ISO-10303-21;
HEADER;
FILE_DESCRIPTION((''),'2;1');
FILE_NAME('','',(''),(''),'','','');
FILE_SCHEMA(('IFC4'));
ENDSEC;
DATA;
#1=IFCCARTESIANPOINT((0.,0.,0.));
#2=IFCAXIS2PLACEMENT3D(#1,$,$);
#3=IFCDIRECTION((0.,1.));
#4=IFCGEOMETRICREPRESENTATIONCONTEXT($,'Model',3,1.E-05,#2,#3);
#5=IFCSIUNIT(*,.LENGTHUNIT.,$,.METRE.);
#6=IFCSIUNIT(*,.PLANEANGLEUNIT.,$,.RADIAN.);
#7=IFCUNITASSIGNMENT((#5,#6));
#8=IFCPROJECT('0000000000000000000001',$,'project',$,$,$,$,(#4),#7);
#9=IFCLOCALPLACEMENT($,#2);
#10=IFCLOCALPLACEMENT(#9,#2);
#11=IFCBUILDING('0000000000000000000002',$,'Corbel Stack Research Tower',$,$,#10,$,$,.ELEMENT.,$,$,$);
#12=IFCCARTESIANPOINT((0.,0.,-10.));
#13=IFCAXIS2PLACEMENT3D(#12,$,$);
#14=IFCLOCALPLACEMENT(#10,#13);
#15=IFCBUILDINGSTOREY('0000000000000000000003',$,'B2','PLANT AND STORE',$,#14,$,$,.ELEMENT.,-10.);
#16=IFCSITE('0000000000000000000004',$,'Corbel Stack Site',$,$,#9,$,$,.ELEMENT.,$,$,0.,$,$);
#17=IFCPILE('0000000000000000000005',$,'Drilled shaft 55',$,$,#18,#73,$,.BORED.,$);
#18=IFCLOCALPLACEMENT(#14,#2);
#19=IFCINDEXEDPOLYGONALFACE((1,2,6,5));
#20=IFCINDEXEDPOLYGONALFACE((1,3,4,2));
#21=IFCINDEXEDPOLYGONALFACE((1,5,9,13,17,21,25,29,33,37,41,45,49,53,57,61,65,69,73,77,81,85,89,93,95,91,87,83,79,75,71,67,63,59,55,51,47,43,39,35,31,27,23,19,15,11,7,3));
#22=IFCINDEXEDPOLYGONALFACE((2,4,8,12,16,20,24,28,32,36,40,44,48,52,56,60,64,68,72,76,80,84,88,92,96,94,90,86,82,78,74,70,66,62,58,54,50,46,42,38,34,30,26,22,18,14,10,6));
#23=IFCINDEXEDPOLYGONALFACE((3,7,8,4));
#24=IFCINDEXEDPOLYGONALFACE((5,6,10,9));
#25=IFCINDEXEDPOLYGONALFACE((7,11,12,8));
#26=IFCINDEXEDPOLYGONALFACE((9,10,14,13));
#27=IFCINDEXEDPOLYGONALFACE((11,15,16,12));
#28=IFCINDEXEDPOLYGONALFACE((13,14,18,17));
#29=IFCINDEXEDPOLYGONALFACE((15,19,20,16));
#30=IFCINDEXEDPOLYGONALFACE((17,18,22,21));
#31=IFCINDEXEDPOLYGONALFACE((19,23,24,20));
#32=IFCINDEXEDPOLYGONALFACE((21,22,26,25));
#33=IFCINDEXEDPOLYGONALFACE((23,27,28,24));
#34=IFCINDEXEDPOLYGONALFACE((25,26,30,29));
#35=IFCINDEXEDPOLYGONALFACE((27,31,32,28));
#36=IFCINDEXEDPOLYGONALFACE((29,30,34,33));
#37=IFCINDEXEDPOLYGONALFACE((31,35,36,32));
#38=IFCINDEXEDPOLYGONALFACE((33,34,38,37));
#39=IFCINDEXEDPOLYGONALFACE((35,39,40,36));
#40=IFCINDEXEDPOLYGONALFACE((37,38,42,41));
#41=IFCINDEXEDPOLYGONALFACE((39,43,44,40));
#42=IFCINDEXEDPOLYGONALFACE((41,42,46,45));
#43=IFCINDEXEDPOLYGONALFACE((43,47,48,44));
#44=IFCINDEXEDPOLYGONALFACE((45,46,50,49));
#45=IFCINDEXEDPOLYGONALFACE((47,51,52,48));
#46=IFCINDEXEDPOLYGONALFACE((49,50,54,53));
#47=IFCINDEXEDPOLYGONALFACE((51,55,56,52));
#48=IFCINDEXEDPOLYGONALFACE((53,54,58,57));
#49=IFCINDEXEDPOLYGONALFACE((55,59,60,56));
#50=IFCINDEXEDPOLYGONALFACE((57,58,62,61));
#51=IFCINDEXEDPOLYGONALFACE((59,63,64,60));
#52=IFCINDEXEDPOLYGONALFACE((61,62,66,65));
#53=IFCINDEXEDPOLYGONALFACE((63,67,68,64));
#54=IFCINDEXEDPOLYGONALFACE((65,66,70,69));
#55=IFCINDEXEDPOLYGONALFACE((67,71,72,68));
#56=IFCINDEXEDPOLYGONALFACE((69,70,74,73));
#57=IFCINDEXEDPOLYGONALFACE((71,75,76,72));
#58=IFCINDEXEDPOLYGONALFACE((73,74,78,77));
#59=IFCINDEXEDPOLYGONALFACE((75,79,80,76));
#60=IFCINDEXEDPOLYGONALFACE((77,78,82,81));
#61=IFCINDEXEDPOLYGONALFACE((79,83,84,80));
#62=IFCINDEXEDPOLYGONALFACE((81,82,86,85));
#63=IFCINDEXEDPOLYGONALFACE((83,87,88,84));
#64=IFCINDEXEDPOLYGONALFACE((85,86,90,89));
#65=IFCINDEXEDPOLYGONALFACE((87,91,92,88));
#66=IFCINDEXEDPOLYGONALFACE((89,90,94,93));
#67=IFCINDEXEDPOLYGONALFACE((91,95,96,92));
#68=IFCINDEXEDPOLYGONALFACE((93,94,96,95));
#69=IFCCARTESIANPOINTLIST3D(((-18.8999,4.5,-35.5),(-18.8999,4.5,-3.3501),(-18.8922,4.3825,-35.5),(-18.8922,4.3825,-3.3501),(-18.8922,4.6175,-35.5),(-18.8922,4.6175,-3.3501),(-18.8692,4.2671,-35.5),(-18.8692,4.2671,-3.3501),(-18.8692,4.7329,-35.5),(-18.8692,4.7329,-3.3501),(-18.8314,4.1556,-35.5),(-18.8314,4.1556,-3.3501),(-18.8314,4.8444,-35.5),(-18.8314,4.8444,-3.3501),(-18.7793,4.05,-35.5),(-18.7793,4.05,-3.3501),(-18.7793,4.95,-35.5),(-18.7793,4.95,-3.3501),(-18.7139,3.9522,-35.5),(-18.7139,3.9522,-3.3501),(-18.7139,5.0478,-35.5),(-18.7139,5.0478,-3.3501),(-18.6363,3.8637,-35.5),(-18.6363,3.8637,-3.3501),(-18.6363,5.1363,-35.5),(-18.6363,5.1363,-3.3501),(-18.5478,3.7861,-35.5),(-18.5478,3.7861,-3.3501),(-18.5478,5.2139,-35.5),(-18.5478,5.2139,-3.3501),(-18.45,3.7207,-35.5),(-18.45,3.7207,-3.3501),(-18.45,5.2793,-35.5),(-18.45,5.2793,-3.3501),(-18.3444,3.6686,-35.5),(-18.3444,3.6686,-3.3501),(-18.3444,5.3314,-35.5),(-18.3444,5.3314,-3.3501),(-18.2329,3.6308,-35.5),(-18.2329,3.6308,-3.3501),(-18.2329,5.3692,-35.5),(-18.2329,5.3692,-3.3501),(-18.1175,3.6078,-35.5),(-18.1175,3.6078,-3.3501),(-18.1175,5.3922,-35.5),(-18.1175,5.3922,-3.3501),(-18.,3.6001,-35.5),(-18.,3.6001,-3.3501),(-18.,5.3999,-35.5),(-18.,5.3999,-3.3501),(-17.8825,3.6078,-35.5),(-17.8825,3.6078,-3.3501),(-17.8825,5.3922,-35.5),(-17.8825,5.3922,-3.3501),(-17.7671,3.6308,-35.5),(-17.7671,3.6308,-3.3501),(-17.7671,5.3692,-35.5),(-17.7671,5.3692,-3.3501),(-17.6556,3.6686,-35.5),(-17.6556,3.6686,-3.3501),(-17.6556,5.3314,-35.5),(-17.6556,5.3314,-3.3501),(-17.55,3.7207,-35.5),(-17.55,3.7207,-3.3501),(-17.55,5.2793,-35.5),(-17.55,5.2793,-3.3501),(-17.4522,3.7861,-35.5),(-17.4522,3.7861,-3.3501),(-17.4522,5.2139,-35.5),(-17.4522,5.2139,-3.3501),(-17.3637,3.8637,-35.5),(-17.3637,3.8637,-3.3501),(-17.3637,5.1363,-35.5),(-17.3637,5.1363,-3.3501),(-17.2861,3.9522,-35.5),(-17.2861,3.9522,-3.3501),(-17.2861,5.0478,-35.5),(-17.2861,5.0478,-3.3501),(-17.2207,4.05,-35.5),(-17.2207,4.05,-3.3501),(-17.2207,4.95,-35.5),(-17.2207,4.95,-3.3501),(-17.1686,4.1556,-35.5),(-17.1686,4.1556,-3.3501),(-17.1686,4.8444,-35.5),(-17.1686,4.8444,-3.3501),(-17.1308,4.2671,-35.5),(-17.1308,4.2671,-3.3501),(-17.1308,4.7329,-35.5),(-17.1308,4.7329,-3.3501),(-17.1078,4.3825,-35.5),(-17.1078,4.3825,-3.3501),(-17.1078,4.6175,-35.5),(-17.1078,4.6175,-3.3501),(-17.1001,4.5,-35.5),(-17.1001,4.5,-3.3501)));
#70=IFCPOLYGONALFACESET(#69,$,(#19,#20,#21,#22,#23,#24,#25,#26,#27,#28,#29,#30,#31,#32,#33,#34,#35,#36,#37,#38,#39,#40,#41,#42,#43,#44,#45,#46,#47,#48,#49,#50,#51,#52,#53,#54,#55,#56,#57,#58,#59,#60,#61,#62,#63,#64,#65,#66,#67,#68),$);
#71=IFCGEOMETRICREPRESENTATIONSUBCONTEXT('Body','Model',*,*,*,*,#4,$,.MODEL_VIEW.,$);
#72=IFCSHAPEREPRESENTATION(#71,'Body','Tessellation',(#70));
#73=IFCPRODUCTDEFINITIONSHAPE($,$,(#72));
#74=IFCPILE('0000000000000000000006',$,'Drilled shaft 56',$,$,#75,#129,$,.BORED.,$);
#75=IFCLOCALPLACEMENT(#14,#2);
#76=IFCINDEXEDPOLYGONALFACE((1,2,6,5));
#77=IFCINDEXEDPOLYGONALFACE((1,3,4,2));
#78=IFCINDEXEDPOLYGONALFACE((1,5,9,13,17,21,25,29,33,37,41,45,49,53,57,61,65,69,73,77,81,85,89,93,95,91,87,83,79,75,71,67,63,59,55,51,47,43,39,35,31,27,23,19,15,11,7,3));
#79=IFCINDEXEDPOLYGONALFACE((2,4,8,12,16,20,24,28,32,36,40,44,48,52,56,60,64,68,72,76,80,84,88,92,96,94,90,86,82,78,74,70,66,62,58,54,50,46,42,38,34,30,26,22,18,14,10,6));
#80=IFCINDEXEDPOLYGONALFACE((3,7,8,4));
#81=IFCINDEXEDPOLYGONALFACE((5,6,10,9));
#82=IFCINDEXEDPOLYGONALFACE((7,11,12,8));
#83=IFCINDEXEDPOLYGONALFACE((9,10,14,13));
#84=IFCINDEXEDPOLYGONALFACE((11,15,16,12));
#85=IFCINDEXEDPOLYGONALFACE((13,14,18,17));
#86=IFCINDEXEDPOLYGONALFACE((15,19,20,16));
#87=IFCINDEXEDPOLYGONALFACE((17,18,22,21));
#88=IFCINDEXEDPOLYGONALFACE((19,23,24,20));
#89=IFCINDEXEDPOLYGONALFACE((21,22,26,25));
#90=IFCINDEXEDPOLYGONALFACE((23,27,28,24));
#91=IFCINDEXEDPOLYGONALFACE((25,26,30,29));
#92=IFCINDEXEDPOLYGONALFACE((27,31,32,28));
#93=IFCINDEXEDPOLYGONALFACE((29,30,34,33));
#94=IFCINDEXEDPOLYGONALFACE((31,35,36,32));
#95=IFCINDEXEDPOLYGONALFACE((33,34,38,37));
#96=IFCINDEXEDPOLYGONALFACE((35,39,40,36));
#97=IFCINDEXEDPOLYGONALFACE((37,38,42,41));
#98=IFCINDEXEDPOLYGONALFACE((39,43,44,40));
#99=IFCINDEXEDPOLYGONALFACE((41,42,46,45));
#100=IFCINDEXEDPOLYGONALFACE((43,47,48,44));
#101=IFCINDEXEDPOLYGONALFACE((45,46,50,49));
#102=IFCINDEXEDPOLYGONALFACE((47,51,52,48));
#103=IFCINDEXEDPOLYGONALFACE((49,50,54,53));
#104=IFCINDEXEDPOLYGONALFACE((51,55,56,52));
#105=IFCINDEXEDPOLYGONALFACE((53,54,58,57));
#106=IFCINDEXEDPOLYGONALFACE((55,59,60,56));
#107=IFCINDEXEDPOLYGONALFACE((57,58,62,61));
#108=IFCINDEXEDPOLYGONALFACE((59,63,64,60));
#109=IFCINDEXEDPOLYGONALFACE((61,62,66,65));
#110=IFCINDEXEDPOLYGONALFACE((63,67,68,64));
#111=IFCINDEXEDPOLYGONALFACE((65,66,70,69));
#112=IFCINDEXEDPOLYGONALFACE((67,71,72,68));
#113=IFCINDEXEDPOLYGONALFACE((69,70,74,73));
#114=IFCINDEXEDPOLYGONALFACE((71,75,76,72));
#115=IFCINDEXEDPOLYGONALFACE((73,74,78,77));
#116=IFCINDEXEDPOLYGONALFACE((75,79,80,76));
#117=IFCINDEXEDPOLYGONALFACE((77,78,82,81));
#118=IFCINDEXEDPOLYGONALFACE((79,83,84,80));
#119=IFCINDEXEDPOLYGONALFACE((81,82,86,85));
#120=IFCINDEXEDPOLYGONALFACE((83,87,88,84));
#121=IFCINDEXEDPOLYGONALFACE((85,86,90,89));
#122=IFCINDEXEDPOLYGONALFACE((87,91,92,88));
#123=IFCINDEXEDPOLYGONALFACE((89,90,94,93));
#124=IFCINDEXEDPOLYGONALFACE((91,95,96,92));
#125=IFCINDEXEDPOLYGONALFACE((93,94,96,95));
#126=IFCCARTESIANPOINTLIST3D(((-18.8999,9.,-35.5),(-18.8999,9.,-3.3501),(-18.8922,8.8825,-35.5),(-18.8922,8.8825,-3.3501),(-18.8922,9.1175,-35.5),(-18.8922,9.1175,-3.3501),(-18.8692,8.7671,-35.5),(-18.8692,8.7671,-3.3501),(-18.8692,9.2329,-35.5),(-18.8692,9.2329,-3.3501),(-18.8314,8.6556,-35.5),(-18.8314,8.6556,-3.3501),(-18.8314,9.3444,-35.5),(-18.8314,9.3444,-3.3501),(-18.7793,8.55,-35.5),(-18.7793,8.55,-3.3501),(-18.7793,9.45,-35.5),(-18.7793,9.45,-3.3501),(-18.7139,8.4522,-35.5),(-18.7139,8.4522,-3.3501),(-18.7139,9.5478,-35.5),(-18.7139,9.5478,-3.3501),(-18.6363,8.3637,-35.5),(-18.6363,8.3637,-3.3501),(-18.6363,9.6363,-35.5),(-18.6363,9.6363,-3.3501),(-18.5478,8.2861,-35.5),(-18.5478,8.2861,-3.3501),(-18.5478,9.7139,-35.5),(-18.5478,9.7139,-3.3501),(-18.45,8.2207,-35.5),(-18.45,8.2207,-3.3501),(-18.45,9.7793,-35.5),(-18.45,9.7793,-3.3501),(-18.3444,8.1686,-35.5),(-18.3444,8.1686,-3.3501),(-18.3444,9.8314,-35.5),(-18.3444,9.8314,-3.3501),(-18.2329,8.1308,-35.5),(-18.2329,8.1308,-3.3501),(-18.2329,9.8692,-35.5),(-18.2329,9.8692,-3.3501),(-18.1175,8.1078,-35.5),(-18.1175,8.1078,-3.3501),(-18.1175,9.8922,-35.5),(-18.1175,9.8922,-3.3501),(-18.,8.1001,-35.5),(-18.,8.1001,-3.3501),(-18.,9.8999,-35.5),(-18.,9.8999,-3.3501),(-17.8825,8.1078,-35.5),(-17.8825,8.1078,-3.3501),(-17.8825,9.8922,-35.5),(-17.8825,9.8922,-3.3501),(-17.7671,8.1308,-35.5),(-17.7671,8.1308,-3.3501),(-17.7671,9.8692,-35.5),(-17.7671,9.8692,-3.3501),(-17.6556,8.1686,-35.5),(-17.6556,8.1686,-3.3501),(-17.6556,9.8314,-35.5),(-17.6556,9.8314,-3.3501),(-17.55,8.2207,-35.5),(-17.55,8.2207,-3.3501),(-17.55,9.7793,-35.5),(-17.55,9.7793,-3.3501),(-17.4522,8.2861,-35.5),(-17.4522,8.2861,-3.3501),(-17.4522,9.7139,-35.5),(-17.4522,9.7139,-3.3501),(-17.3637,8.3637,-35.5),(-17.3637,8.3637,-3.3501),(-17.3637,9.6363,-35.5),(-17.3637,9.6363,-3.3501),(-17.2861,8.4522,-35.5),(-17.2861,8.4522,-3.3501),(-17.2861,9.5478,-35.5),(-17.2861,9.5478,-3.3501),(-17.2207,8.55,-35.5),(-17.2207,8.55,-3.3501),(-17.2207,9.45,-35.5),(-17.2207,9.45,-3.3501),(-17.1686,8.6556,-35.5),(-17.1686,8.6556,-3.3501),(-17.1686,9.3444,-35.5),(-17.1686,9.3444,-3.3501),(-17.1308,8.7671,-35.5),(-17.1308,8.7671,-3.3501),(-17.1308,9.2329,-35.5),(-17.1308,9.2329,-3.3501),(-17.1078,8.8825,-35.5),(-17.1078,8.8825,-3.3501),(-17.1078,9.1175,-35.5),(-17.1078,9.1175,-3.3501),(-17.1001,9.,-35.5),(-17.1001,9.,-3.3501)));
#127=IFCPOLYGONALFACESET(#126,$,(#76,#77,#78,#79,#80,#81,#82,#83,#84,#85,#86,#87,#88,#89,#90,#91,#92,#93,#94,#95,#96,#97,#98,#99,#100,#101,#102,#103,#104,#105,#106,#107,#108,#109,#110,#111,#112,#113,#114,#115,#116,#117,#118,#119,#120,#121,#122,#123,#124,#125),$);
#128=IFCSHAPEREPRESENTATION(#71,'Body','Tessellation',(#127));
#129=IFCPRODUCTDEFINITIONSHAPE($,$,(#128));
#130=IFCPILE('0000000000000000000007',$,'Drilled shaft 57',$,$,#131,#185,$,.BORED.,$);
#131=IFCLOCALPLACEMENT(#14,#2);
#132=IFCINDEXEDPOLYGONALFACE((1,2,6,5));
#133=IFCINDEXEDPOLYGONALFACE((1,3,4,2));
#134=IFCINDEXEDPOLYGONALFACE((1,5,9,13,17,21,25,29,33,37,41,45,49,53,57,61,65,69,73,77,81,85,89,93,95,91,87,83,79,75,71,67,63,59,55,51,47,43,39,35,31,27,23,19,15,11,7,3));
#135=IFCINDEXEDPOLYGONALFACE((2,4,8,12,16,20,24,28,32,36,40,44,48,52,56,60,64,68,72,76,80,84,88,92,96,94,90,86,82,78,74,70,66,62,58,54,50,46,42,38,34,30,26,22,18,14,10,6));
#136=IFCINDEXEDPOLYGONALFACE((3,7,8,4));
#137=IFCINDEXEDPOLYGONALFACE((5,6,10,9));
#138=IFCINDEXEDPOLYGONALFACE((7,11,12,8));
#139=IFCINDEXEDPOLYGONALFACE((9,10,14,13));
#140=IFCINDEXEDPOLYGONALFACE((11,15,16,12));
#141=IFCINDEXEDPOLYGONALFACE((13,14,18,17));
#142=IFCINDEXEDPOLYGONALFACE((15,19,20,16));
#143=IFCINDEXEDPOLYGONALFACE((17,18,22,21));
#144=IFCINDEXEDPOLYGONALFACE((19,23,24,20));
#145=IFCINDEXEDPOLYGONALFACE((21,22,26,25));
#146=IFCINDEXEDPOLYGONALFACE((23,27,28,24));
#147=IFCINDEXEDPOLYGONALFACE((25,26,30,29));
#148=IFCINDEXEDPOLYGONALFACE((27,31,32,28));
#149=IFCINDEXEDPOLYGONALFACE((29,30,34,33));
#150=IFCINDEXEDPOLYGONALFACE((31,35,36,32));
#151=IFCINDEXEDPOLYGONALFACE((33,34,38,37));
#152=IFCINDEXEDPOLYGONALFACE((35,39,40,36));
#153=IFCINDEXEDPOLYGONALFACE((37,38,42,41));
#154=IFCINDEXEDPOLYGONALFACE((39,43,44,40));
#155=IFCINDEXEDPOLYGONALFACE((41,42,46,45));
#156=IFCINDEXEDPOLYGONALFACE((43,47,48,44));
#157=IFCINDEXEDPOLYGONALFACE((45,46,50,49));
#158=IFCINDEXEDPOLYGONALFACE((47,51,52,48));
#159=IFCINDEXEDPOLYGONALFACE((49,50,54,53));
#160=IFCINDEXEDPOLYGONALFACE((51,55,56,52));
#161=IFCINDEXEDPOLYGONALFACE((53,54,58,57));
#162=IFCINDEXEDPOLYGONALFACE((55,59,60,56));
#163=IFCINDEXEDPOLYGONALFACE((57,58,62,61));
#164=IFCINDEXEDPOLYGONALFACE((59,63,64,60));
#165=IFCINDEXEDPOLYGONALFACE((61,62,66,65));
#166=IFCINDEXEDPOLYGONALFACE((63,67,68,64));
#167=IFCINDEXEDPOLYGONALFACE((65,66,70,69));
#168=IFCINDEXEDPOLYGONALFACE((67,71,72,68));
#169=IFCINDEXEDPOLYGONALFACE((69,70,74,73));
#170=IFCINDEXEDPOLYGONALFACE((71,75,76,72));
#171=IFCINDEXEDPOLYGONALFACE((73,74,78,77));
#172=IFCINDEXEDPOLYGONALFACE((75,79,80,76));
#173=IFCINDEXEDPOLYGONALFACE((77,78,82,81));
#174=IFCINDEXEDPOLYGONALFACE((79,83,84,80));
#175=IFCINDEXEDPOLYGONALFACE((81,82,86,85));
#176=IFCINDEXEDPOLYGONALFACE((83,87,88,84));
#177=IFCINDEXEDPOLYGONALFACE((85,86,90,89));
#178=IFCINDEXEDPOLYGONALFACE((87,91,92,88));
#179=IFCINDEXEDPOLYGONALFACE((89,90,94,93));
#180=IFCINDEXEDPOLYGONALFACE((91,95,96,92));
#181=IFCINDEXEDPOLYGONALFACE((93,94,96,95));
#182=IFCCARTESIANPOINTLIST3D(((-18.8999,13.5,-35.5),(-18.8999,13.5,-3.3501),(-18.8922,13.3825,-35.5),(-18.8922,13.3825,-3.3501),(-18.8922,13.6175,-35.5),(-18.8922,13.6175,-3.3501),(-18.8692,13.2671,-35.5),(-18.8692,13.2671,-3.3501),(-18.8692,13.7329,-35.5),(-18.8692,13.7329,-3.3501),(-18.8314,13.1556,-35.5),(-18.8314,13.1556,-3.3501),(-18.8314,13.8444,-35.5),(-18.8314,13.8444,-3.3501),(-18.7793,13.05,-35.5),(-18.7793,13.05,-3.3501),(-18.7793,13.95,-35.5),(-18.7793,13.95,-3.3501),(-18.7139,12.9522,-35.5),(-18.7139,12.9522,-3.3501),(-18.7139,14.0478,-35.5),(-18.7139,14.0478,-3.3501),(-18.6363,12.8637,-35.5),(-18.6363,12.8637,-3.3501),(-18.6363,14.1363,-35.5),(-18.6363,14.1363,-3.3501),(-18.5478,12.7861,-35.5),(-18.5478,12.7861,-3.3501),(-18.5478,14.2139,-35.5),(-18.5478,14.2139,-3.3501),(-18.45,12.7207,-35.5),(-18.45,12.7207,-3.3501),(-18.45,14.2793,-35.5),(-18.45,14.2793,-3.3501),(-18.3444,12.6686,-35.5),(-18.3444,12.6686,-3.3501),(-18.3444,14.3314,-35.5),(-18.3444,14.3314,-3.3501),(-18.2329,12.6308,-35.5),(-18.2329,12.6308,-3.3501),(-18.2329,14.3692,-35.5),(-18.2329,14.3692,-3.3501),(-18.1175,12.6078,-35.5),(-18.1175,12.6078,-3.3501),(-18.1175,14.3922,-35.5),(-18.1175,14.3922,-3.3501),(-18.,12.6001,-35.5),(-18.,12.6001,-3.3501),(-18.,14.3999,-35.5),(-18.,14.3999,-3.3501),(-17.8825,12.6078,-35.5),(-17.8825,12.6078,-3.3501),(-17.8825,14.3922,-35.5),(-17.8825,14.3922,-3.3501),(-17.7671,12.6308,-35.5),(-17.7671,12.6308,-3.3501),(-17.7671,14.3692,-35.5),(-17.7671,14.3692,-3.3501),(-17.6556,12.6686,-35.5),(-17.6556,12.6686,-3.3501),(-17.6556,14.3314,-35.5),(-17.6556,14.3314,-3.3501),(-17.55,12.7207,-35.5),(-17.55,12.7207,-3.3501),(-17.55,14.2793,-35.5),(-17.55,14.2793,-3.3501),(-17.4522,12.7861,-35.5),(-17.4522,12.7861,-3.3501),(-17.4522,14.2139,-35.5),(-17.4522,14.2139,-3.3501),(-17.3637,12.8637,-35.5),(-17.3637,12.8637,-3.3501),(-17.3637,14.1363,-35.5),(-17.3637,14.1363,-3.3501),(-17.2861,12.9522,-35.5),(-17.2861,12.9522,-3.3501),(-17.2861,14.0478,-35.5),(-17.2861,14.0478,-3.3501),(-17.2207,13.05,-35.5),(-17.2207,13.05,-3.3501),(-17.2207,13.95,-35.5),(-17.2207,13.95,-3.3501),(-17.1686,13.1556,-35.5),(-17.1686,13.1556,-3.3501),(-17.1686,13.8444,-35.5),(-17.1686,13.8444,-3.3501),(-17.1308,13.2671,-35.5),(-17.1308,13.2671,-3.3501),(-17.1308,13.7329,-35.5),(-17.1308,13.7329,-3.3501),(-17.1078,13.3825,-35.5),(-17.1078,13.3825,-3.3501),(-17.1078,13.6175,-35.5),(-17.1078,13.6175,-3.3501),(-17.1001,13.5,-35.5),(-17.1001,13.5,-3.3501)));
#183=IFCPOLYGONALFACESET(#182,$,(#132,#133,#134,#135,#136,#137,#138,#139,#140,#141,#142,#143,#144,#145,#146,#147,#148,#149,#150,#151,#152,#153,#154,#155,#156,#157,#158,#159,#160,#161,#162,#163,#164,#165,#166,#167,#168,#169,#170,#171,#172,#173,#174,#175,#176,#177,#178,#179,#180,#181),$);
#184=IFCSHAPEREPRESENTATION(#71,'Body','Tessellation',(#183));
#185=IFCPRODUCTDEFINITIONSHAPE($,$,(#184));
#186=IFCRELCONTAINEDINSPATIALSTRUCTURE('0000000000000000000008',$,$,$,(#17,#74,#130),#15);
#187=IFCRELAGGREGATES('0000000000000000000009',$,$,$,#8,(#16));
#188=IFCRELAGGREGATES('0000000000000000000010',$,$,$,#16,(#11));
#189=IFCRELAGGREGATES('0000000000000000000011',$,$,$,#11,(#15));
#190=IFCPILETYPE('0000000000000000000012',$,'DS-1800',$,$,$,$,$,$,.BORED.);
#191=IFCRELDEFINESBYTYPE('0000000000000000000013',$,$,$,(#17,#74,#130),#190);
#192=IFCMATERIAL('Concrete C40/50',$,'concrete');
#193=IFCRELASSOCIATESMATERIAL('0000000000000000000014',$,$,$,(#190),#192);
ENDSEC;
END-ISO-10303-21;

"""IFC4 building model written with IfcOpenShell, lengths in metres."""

from ifc_helpers import new_model, si_unit, direction, frame, origin, origin_2d, place, context, subcontext, project, spatial, circle, extrude, material, material_profile, profile_set, type_object, element, save


model = new_model("IFC4")

# Units and contexts
model_context = context("Model", 3, precision=1e-05, world=origin(), true_north=direction((0.0, 1.0)))
body_context = subcontext(model_context, "Body", "Model", "MODEL_VIEW")
ifc_project = project(units=[si_unit("LENGTHUNIT", "METRE"), si_unit("PLANEANGLEUNIT", "RADIAN")], contexts=[model_context])

# Site, building, storey
site_placement = place(None, origin())
site = spatial("IfcSite", under=ifc_project, at=site_placement, Name="Corbel Stack Site", CompositionType="ELEMENT", RefElevation=0.0)
building_placement = place(site_placement, origin())
building = spatial("IfcBuilding", under=site, at=building_placement, Name="Corbel Stack Research Tower", CompositionType="ELEMENT")
storey_placement = place(building_placement, frame((0.0, 0.0, -10.0)))
storey = spatial("IfcBuildingStorey", under=building, at=storey_placement, Name="B2", Description="PLANT AND STORE", CompositionType="ELEMENT", Elevation=-10.0)

# Piles
ifc_material_1 = material(Name="Concrete C40/50", Category="concrete")
ifc_material_profile_1 = material_profile(ifc_material_1, circle(Radius=0.8999, at=origin_2d()), Name="Shaft 1800")
ifc_profile_set_1 = profile_set([ifc_material_profile_1], Name="Concrete C40/50")
pile_type = type_object("IfcPileType", Name="DS-1800", PredefinedType="BORED", material=ifc_profile_set_1)
for number, where, z_axis, x_axis, name in (
    (1, (-18.0, 4.5, -3.3501), (0.0, 0.0, -1.0), (1.0, 0.0, 0.0), "Drilled shaft 55"),
    (2, (-18.0, 9.0, -3.3501), (0.0, 0.0, -1.0), (1.0, 0.0, 0.0), "Drilled shaft 56"),
    (3, (-18.0, 13.5, -3.3501), (0.0, 0.0, -1.0), (1.0, 0.0, 0.0), "Drilled shaft 57"),
):
    element("IfcPile", number, at=place(storey_placement, frame(where, z_axis=z_axis, x_axis=x_axis)), inside=storey, type_object=pile_type, Name=name, PredefinedType="BORED", context=body_context, shape_type="SweptSolid", body=[
        extrude(circle(Radius=0.8999, at=origin_2d()), origin(), (0.0, 0.0, 1.0), 32.1499),
    ])

save(model, "model.ifc")
